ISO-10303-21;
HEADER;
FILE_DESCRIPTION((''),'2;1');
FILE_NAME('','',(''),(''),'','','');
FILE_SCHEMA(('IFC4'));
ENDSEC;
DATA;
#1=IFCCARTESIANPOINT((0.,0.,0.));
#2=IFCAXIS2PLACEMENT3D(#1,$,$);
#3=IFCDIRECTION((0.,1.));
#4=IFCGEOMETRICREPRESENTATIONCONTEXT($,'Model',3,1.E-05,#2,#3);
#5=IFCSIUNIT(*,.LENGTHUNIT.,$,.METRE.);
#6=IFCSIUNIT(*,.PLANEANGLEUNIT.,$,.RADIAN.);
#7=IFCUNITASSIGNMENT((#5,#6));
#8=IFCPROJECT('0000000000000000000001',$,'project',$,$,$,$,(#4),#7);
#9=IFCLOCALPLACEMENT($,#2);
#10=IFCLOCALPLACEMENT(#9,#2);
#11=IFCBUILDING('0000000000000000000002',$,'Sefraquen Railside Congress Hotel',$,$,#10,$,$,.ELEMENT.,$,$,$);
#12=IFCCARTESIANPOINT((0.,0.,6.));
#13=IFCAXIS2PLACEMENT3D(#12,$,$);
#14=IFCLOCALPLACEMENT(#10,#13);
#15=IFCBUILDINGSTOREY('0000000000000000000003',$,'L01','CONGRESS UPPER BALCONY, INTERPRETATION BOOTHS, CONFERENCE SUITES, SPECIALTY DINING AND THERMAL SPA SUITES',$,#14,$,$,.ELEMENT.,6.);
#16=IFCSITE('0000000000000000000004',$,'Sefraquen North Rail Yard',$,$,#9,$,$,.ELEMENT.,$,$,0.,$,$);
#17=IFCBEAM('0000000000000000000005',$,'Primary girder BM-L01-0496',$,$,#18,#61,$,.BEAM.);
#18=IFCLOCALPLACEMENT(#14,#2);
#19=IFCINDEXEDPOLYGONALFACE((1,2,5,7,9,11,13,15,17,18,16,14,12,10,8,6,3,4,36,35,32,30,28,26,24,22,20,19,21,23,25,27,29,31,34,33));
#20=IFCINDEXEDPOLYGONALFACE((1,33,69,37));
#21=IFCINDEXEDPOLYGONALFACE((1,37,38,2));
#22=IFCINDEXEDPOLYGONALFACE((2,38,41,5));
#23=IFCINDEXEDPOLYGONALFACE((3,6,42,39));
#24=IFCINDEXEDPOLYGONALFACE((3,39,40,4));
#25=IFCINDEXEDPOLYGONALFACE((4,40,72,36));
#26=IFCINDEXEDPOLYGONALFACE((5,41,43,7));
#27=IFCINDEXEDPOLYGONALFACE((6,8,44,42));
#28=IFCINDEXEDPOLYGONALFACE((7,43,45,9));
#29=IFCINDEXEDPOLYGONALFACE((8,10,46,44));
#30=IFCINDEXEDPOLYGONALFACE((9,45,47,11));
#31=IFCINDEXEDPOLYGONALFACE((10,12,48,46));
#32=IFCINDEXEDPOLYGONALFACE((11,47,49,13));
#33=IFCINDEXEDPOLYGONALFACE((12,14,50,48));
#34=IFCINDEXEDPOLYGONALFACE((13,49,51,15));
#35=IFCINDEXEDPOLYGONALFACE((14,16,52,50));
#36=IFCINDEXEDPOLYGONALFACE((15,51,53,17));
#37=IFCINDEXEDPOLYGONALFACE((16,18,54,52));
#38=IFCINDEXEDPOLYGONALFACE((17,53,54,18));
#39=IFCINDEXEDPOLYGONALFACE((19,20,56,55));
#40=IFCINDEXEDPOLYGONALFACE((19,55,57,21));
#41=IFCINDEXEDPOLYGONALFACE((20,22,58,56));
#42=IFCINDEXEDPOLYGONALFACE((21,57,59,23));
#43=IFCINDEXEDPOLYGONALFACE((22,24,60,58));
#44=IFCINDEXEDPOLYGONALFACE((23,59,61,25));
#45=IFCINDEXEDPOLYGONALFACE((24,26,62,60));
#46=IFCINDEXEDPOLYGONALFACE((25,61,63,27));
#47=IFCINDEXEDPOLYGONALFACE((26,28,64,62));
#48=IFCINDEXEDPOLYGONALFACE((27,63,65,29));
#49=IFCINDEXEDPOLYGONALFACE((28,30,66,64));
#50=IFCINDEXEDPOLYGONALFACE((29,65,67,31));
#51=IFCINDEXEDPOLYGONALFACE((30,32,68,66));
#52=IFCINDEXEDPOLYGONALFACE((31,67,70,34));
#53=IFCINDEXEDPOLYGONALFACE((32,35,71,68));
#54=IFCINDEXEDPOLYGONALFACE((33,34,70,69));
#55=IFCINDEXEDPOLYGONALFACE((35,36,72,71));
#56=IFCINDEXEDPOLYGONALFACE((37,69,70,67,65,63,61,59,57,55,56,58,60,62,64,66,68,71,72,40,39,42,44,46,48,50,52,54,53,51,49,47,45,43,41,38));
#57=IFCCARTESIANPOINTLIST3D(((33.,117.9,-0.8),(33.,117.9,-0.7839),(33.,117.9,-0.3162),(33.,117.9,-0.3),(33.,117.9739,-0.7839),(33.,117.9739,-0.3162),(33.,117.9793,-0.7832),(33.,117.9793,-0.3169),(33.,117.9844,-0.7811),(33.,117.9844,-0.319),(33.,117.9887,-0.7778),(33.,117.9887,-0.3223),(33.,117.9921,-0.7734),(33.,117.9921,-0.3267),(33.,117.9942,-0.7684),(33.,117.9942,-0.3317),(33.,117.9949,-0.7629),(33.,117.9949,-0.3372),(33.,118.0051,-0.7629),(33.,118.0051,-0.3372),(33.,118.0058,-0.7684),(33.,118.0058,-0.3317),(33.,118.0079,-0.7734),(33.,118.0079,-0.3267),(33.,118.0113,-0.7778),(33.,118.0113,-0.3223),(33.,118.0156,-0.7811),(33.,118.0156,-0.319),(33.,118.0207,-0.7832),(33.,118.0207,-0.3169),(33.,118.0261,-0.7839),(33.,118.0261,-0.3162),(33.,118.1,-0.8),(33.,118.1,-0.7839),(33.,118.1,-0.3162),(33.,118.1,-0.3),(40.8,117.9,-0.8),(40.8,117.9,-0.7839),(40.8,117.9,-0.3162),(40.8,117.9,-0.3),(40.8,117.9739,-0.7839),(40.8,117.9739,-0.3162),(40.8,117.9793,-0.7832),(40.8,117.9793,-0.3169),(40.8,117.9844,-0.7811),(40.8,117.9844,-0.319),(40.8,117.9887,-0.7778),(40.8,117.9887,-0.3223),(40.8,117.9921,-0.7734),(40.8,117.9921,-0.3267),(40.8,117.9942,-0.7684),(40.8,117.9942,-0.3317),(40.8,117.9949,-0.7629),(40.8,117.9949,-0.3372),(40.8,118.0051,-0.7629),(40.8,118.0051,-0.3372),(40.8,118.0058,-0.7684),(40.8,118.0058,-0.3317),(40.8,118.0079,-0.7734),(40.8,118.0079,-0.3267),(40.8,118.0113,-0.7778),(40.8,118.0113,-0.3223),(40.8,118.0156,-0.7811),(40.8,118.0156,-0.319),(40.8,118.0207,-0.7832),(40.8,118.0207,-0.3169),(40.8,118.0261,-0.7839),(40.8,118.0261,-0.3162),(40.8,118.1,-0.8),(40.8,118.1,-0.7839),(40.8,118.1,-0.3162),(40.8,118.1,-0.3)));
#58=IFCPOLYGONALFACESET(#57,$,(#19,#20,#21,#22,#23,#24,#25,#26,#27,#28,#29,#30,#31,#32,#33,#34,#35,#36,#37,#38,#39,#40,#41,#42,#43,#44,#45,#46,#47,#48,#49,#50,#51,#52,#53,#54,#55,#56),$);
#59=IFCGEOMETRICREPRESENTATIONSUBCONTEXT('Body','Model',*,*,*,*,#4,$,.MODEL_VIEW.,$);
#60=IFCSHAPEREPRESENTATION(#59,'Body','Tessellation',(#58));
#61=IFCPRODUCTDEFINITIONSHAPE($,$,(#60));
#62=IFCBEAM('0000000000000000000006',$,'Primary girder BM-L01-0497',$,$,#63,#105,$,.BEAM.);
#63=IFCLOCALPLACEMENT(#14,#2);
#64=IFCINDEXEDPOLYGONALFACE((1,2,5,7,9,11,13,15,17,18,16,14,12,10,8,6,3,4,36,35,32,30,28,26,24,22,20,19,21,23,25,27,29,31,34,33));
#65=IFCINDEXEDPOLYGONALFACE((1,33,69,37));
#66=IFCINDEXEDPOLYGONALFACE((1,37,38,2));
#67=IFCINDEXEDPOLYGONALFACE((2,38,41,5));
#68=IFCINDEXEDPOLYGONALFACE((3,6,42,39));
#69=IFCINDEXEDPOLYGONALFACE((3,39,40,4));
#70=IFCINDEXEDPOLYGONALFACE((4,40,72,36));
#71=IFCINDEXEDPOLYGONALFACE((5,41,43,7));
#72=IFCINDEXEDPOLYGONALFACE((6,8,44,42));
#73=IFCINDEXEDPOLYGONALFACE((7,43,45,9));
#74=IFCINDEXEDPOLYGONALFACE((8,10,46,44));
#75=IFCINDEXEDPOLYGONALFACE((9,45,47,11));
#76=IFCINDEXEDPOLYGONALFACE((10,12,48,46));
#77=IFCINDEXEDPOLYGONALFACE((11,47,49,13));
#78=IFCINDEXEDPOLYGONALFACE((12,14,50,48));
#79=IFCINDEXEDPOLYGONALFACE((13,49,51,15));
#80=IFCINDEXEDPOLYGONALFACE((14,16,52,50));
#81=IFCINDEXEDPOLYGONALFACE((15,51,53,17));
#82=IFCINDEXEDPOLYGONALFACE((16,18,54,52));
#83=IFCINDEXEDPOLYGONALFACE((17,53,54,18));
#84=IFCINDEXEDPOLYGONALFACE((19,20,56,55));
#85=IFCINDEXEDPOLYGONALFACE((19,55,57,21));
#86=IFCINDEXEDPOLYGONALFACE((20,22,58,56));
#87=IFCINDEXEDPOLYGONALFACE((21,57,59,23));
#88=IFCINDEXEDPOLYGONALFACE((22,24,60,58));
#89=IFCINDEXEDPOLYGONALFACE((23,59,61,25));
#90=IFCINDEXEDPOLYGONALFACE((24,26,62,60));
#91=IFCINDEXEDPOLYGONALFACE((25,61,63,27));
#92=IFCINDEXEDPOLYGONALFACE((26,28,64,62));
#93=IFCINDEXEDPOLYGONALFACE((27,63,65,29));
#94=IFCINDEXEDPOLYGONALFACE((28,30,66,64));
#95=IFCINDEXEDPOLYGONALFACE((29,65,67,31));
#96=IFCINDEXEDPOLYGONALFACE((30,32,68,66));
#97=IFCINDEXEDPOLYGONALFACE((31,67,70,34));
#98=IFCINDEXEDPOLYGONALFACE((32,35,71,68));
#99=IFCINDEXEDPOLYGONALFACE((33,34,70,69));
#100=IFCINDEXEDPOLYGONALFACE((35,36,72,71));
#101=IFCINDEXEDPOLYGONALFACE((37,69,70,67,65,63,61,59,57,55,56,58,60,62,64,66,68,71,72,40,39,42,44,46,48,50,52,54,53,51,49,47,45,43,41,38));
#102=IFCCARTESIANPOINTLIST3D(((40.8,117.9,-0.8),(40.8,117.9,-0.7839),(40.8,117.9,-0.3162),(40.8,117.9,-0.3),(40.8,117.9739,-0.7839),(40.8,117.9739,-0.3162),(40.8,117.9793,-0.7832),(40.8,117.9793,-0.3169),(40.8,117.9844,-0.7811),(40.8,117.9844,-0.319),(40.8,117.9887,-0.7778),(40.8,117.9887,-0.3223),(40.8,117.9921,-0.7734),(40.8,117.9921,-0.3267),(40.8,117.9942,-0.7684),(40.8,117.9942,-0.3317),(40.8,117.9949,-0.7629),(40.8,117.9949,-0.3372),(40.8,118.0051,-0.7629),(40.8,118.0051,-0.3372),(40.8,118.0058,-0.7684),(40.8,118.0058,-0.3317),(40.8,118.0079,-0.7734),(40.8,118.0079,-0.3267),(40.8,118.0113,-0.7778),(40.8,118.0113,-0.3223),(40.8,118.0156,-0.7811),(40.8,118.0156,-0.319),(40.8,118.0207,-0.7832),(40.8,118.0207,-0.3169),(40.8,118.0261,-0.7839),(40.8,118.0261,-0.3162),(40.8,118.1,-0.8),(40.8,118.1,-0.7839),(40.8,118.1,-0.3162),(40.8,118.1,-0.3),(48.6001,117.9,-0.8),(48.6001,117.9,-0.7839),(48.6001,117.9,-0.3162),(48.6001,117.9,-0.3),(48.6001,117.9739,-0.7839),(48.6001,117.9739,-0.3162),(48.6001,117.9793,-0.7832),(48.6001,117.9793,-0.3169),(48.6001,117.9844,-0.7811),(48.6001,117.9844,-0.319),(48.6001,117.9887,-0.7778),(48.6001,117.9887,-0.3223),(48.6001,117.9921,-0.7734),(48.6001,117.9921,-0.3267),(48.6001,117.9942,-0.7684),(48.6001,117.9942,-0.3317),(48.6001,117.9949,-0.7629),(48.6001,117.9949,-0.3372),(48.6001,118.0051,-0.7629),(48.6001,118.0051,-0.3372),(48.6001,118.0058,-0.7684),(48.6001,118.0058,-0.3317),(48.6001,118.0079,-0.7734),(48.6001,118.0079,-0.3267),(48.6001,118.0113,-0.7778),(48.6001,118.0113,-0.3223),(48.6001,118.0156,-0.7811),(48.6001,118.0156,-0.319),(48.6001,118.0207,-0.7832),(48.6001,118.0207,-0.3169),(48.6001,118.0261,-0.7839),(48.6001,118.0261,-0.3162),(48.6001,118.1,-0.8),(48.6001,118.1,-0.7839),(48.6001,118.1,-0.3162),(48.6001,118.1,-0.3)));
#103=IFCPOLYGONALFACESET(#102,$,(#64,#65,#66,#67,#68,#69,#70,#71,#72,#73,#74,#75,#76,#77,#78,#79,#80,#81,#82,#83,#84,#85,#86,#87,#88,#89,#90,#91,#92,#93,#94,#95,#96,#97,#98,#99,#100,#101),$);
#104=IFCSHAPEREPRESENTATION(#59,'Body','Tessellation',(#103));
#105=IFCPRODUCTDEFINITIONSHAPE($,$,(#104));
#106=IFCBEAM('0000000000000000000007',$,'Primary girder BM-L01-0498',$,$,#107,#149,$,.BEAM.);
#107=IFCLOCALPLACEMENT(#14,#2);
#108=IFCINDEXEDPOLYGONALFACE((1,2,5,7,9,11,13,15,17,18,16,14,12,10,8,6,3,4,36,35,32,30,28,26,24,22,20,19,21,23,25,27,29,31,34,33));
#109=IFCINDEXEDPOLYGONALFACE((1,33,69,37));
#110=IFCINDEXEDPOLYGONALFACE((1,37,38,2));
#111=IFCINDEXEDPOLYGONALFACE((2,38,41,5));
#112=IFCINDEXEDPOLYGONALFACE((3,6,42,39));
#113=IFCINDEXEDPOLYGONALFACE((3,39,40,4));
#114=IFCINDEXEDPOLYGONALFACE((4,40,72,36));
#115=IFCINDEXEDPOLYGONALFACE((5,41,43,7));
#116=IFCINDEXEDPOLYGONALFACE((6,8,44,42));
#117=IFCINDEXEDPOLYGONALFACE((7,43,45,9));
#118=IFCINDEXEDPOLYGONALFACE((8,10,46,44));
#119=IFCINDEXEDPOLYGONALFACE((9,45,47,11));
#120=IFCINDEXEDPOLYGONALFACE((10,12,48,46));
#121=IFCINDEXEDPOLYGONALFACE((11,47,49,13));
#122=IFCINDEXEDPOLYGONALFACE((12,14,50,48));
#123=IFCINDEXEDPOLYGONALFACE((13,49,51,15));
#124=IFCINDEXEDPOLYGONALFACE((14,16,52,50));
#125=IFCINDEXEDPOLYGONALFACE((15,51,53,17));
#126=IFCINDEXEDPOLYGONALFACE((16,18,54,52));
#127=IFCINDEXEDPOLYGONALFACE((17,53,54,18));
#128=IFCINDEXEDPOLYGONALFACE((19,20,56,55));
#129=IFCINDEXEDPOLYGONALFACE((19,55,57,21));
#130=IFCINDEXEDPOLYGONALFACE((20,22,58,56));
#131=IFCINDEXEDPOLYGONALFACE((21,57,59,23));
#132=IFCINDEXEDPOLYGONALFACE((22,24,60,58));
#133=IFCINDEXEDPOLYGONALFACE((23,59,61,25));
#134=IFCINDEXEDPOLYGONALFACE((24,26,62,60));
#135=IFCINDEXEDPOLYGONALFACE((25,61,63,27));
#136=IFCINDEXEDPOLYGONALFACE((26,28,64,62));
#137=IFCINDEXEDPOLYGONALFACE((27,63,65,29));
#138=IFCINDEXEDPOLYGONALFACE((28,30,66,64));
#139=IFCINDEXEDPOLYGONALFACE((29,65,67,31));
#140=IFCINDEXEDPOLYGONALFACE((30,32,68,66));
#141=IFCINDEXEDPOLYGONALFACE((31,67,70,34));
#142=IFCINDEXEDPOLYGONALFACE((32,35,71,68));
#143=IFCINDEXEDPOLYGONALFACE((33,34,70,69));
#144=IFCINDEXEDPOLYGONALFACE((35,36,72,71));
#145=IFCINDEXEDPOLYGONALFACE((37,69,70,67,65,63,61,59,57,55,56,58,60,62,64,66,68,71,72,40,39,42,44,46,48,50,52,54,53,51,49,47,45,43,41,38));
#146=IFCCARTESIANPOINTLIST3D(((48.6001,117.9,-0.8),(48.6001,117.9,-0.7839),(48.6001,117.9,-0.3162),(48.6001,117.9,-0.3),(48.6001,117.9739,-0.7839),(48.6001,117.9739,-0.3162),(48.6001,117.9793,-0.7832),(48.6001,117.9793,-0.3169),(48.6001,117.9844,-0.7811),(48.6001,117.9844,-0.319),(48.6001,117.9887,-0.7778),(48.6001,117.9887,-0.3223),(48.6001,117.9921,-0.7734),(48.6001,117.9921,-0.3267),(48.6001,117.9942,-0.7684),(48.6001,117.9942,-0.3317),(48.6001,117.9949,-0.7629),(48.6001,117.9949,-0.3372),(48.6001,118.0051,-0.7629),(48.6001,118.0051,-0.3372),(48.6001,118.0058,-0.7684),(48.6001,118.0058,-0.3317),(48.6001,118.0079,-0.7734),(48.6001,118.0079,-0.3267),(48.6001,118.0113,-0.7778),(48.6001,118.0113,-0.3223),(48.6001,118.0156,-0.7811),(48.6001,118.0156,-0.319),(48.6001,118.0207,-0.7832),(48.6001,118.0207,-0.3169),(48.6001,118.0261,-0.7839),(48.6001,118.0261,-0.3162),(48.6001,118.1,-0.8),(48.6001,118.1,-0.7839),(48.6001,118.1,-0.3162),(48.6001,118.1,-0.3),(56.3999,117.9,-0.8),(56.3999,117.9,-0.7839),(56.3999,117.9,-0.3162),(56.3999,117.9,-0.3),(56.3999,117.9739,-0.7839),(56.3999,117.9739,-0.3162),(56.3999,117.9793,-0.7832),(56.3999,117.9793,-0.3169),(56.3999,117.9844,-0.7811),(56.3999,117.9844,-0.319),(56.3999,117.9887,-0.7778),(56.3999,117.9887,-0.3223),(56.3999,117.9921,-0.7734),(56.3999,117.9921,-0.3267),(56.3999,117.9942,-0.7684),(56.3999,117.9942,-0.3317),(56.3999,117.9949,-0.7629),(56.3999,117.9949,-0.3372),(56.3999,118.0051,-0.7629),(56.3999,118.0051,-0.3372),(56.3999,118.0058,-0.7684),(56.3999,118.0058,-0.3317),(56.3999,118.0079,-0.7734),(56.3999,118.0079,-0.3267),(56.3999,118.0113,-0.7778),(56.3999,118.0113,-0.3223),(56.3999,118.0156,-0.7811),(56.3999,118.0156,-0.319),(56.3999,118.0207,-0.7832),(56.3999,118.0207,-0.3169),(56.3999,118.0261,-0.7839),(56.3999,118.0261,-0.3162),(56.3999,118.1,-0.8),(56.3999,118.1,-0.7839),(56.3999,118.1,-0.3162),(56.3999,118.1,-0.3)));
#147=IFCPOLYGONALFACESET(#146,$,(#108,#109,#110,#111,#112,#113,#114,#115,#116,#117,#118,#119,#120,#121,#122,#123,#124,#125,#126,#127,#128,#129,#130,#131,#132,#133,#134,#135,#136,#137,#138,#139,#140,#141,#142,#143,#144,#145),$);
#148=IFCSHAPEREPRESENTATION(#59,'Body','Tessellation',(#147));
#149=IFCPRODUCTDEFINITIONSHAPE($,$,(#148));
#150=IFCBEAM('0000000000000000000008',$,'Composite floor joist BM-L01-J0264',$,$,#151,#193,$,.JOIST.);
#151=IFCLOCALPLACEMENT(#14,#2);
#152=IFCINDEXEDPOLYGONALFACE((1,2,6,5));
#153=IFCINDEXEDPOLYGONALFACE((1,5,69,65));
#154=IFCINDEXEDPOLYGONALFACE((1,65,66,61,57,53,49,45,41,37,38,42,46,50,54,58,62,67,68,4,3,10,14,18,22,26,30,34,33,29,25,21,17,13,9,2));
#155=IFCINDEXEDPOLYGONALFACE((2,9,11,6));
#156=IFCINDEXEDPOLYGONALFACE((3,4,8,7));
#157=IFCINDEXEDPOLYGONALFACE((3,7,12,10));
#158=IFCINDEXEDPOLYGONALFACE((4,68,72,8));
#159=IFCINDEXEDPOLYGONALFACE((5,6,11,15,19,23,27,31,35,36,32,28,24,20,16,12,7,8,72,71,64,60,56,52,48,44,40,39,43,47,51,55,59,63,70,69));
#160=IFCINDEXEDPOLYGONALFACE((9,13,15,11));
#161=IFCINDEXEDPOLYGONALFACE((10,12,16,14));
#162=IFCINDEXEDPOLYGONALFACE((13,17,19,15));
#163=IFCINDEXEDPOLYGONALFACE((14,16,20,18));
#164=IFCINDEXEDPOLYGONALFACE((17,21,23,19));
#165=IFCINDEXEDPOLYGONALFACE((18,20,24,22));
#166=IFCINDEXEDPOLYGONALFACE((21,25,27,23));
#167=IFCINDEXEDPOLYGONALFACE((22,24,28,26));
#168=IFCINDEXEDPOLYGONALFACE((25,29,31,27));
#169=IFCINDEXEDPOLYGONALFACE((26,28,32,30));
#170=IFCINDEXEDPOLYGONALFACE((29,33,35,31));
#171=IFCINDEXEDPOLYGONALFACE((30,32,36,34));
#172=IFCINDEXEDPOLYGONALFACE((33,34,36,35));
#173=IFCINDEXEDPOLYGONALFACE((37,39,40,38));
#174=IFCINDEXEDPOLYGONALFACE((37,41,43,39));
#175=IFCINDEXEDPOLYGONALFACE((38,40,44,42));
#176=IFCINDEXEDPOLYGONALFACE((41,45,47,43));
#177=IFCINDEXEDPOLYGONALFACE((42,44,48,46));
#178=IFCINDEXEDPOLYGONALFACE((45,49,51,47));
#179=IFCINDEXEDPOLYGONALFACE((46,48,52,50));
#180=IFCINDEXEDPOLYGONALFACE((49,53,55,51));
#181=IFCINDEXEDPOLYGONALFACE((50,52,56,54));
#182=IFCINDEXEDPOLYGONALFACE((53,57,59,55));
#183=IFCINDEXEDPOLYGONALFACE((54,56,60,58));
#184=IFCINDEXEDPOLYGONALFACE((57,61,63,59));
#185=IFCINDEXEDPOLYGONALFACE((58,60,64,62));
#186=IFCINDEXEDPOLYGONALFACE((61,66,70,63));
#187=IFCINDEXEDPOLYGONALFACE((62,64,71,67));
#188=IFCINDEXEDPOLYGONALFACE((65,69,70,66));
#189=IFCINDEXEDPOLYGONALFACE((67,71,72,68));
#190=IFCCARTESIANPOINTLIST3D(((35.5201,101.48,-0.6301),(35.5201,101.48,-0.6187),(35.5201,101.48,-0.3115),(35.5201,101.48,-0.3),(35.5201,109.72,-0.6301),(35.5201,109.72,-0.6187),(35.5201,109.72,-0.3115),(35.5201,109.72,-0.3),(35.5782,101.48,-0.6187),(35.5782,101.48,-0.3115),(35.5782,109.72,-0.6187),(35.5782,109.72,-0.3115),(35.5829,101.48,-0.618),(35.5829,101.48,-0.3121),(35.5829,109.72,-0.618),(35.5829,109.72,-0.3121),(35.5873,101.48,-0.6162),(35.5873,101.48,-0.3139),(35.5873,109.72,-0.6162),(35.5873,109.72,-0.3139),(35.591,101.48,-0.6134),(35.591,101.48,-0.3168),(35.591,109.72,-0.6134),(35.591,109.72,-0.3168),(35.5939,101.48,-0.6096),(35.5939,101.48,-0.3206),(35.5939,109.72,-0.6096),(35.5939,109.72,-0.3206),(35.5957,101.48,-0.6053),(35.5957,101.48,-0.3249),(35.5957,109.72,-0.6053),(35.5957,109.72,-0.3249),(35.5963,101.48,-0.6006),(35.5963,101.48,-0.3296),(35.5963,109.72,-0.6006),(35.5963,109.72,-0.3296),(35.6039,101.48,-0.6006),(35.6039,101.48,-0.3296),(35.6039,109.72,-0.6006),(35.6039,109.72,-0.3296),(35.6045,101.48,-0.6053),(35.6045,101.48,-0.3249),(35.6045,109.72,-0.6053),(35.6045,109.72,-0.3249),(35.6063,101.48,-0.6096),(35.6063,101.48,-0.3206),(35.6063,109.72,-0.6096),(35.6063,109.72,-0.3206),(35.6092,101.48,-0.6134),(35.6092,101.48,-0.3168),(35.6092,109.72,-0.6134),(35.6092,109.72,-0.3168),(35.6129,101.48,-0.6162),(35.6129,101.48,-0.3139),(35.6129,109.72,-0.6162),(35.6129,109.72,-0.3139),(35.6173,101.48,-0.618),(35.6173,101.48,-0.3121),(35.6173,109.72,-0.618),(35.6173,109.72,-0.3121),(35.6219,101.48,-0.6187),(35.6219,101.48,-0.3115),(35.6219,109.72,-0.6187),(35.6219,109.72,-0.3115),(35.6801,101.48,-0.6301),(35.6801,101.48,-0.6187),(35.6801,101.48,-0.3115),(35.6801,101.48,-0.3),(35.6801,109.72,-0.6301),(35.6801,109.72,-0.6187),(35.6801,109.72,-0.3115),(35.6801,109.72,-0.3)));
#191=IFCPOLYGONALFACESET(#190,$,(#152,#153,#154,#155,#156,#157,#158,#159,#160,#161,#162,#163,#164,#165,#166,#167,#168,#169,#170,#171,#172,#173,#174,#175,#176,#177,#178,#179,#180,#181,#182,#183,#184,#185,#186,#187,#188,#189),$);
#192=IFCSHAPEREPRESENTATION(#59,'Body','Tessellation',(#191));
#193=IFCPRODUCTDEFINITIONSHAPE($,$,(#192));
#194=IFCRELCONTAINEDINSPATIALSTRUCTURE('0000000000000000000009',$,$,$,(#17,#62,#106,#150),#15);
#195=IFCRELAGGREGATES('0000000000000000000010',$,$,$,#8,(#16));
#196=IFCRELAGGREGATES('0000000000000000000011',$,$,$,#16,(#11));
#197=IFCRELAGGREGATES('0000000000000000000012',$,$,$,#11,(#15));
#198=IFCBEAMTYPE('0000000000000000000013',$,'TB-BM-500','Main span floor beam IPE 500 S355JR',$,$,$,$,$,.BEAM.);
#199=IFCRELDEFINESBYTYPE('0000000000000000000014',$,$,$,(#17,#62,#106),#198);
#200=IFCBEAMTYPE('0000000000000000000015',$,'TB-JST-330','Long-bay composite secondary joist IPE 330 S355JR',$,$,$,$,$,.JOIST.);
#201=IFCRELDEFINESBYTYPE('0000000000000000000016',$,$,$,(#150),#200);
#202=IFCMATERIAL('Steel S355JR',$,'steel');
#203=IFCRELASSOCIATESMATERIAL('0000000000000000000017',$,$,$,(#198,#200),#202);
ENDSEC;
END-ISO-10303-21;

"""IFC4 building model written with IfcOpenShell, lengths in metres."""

from ifc_helpers import new_model, si_unit, direction, frame, origin, origin_2d, place, context, subcontext, project, spatial, i_section, extrude, material, material_profile, profile_set, type_object, element, save


model = new_model("IFC4")

# Units and contexts
model_context = context("Model", 3, precision=1e-05, world=origin(), true_north=direction((0.0, 1.0)))
body_context = subcontext(model_context, "Body", "Model", "MODEL_VIEW")
ifc_project = project(units=[si_unit("LENGTHUNIT", "METRE"), si_unit("PLANEANGLEUNIT", "RADIAN")], contexts=[model_context])

# Site, building, storey
site_placement = place(None, origin())
site = spatial("IfcSite", under=ifc_project, at=site_placement, Name="Sefraquen North Rail Yard", CompositionType="ELEMENT", RefElevation=0.0)
building_placement = place(site_placement, origin())
building = spatial("IfcBuilding", under=site, at=building_placement, Name="Sefraquen Railside Congress Hotel", CompositionType="ELEMENT")
storey_placement = place(building_placement, frame((0.0, 0.0, 6.0)))
storey = spatial("IfcBuildingStorey", under=building, at=storey_placement, Name="L01", Description="CONGRESS UPPER BALCONY, INTERPRETATION BOOTHS, CONFERENCE SUITES, SPECIALTY DINING AND THERMAL SPA SUITES", CompositionType="ELEMENT", Elevation=6.0)

# Shared definitions
ifc_material_1 = material(Name="Steel S355JR", Category="steel")

# Beams
ifc_material_profile_1 = material_profile(ifc_material_1, i_section(OverallWidth=0.2, OverallDepth=0.5, WebThickness=0.0103, FlangeThickness=0.0161, FilletRadius=0.021, at=origin_2d()), Name="IPE 500")
ifc_profile_set_1 = profile_set([ifc_material_profile_1], Name="Steel S355JR")
beam_type_1 = type_object("IfcBeamType", Name="TB-BM-500", Description="Main span floor beam IPE 500 S355JR", PredefinedType="BEAM", material=ifc_profile_set_1)
for number, where, z_axis, x_axis, name in (
    (1, (33.0, 118.0, -0.55), (1.0, 0.0, 0.0), (0.0, 1.0, 0.0), "Primary girder BM-L01-0496"),
    (2, (40.8, 118.0, -0.55), (1.0, 0.0, 0.0), (0.0, 1.0, 0.0), "Primary girder BM-L01-0497"),
):
    element("IfcBeam", number, at=place(storey_placement, frame(where, z_axis=z_axis, x_axis=x_axis)), inside=storey, type_object=beam_type_1, Name=name, PredefinedType="BEAM", context=body_context, shape_type="SweptSolid", body=[
        extrude(i_section(OverallWidth=0.2, OverallDepth=0.5, WebThickness=0.0103, FlangeThickness=0.0161, FilletRadius=0.021, at=origin_2d()), origin(), (0.0, 0.0, 1.0), 7.8),
    ])
beam_1_placement = place(storey_placement, frame((48.6001, 118.0, -0.55), z_axis=(1.0, 0.0, 0.0), x_axis=(0.0, 1.0, 0.0)))
element("IfcBeam", 3, at=beam_1_placement, inside=storey, type_object=beam_type_1, Name="Primary girder BM-L01-0498", PredefinedType="BEAM", context=body_context, shape_type="SweptSolid", body=[
    extrude(i_section(OverallWidth=0.2, OverallDepth=0.5, WebThickness=0.0103, FlangeThickness=0.0161, FilletRadius=0.021, at=origin_2d()), origin(), (0.0, 0.0, 1.0), 7.7998),
])
ifc_material_profile_2 = material_profile(ifc_material_1, i_section(OverallWidth=0.1599, OverallDepth=0.3301, WebThickness=0.0076, FlangeThickness=0.0115, FilletRadius=0.0181, at=origin_2d()), Name="IPE 330")
ifc_profile_set_2 = profile_set([ifc_material_profile_2], Name="Steel S355JR")
beam_type_2 = type_object("IfcBeamType", Name="TB-JST-330", Description="Long-bay composite secondary joist IPE 330 S355JR", PredefinedType="JOIST", material=ifc_profile_set_2)
for number, where, z_axis, x_axis, name in (
    (4, (35.6001, 101.48, -0.4651), (0.0, 1.0, 0.0), (-1.0, 0.0, 0.0), "Composite floor joist BM-L01-J0264"),
):
    element("IfcBeam", number, at=place(storey_placement, frame(where, z_axis=z_axis, x_axis=x_axis)), inside=storey, type_object=beam_type_2, Name=name, PredefinedType="JOIST", context=body_context, shape_type="SweptSolid", body=[
        extrude(i_section(OverallWidth=0.1599, OverallDepth=0.3301, WebThickness=0.0076, FlangeThickness=0.0115, FilletRadius=0.0181, at=origin_2d()), origin(), (0.0, 0.0, 1.0), 8.24),
    ])

save(model, "model.ifc")
